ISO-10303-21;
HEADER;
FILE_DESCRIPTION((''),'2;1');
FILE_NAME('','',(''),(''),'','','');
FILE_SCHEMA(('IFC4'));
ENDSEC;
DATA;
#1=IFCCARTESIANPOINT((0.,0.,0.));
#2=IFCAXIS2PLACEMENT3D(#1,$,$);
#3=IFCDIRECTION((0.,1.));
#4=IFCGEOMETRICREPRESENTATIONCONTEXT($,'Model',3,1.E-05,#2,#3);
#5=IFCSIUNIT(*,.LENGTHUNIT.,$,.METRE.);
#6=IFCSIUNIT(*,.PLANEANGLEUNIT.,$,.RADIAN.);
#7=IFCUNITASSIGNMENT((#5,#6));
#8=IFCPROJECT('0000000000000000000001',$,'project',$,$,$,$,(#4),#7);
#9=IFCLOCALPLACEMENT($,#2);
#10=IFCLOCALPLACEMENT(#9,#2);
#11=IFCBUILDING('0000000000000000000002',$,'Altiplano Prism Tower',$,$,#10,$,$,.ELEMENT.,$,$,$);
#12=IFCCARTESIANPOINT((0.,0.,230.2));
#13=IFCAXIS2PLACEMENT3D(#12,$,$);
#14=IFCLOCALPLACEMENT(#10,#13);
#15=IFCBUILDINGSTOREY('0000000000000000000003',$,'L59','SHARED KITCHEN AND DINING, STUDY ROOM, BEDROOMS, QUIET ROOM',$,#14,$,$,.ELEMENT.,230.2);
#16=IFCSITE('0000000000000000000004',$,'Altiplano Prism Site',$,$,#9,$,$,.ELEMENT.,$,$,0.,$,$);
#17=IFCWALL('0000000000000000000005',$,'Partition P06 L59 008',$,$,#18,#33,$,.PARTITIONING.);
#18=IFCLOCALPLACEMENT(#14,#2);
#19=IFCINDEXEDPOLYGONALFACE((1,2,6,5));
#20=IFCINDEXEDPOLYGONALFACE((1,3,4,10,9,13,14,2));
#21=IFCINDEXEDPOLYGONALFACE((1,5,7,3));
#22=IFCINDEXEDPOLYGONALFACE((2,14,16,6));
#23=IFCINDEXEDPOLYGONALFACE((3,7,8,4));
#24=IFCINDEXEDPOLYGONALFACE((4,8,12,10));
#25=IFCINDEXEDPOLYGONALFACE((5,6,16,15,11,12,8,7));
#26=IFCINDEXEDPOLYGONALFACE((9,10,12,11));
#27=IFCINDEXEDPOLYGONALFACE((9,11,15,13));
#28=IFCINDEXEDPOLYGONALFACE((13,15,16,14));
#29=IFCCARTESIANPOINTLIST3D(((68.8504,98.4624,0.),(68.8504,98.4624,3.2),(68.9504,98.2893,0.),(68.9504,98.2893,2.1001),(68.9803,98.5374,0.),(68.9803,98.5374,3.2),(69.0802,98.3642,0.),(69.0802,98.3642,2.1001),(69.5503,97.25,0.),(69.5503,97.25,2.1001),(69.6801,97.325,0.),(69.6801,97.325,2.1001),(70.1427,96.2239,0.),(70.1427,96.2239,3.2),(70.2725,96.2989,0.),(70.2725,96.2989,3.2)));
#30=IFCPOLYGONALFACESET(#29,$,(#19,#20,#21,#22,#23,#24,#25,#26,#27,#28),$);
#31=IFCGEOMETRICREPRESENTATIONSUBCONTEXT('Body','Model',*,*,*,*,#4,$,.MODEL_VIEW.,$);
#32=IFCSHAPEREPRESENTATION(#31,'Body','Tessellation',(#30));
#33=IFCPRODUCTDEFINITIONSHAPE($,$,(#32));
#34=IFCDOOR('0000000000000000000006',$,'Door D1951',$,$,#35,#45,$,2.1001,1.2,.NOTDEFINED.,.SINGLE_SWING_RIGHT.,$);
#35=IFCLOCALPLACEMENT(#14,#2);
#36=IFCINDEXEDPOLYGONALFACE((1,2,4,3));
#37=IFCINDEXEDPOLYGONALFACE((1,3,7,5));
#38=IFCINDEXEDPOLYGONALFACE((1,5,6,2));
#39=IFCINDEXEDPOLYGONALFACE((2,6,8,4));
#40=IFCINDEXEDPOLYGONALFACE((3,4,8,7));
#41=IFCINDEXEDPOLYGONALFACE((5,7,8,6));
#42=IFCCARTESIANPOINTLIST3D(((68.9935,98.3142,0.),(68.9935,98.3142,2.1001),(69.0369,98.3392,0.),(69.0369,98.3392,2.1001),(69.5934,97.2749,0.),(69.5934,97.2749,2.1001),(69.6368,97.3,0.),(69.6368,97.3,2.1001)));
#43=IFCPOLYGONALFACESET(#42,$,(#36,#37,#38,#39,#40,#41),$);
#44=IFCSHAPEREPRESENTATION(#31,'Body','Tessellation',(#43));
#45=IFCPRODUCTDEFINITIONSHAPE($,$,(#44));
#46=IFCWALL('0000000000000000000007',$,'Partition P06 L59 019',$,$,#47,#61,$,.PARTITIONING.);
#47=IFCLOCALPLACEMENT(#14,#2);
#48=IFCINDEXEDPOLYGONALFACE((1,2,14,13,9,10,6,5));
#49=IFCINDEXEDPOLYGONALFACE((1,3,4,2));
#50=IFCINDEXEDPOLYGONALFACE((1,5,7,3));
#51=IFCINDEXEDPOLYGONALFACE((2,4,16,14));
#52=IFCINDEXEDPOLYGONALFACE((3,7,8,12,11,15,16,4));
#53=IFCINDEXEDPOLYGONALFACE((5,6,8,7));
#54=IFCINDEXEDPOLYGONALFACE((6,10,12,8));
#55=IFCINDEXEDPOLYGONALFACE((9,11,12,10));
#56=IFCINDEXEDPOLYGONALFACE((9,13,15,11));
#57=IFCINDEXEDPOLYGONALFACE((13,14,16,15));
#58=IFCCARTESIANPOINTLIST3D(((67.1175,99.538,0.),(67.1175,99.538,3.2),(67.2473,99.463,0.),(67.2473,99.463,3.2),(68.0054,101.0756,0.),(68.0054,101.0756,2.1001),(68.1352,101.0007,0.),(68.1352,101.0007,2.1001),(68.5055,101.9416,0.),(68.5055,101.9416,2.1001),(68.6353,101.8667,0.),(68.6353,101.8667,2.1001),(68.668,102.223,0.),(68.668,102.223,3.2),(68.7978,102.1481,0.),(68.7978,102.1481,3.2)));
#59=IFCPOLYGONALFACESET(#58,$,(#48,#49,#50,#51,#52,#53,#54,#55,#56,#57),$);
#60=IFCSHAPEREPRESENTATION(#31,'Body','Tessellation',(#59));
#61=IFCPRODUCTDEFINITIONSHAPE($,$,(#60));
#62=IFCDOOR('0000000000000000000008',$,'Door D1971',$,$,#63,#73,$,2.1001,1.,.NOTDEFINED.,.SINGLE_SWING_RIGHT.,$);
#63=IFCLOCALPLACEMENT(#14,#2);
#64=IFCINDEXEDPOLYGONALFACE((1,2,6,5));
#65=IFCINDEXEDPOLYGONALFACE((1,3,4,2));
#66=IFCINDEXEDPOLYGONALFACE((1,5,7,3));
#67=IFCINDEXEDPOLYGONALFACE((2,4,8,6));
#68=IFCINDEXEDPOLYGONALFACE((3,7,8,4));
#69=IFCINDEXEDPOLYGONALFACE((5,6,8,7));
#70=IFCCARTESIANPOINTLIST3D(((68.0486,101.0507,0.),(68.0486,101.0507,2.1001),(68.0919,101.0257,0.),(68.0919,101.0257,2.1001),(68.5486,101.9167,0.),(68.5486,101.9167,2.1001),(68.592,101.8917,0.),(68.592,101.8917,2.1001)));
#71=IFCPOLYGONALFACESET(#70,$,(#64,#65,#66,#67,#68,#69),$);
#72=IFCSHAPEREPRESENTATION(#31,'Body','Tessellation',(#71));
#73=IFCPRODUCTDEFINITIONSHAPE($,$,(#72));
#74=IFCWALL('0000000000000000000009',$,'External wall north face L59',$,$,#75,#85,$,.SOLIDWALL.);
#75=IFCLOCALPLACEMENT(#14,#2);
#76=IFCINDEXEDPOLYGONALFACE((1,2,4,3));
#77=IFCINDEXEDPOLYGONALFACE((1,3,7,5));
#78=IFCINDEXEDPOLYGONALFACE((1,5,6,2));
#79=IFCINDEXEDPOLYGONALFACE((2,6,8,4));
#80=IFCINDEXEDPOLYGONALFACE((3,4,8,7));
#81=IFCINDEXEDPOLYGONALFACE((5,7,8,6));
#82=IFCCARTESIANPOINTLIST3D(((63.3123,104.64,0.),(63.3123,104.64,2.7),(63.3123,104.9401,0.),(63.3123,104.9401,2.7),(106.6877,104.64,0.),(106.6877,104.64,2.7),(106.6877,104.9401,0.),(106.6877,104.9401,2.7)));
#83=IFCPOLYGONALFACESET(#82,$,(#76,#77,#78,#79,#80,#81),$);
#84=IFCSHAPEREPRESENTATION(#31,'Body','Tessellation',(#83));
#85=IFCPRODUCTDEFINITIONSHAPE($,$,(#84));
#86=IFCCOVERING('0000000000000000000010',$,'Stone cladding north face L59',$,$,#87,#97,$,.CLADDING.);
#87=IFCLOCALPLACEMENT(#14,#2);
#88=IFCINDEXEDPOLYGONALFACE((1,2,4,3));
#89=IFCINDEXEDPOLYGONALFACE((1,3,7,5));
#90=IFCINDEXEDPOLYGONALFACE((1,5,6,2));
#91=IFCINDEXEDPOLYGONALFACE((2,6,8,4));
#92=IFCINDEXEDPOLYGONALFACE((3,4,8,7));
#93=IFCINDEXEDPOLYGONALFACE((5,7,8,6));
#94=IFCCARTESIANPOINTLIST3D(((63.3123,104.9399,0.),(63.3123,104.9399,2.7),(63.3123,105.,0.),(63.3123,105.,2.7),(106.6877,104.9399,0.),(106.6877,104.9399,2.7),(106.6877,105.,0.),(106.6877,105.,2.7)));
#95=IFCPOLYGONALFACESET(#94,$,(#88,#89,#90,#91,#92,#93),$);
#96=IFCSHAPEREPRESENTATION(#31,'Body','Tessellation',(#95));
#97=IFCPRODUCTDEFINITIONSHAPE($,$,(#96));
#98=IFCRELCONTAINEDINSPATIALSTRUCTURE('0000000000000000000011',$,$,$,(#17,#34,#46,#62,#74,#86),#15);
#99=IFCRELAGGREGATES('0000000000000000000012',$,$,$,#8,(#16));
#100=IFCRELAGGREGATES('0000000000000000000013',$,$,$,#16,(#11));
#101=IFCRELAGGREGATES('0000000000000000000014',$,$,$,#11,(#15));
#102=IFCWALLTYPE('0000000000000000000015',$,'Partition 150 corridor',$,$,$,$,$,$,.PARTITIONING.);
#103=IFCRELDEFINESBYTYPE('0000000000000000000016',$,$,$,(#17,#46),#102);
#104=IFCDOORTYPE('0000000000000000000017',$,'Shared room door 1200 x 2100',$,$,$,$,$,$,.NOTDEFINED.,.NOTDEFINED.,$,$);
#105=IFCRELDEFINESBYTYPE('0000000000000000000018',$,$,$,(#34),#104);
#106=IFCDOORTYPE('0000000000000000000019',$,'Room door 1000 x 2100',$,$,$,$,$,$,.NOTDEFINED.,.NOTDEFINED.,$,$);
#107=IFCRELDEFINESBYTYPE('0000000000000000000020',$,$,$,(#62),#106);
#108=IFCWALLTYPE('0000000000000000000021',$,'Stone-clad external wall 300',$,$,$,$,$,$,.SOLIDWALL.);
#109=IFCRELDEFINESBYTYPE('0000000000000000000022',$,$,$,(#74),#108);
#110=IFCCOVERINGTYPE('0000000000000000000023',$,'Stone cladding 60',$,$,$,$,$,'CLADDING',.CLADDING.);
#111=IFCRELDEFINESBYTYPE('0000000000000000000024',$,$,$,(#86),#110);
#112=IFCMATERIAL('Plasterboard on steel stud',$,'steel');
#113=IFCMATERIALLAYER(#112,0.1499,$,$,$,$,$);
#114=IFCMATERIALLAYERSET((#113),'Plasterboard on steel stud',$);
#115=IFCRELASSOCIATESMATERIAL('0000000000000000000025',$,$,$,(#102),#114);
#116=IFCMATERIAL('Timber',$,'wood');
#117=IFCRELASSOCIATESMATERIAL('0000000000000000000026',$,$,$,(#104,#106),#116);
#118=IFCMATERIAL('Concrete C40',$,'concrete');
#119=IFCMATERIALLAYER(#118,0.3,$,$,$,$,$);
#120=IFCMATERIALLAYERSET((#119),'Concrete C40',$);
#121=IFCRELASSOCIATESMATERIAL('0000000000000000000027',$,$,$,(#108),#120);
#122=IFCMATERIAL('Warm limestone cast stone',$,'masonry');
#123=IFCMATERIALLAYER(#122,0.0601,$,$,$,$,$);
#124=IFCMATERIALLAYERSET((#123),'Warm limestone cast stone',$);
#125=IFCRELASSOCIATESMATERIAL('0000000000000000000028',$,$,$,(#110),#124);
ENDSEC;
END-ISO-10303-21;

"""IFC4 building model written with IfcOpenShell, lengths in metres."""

from ifc_helpers import new_model, si_unit, direction, frame, frame_2d, origin, place, context, subcontext, project, spatial, rectangle, extrude, material, layer, layer_set, type_object, element, fill, save


model = new_model("IFC4")

# Units and contexts
model_context = context("Model", 3, precision=1e-05, world=origin(), true_north=direction((0.0, 1.0)))
body_context = subcontext(model_context, "Body", "Model", "MODEL_VIEW")
ifc_project = project(units=[si_unit("LENGTHUNIT", "METRE"), si_unit("PLANEANGLEUNIT", "RADIAN")], contexts=[model_context])

# Site, building, storey
site_placement = place(None, origin())
site = spatial("IfcSite", under=ifc_project, at=site_placement, Name="Altiplano Prism Site", CompositionType="ELEMENT", RefElevation=0.0)
building_placement = place(site_placement, origin())
building = spatial("IfcBuilding", under=site, at=building_placement, Name="Altiplano Prism Tower", CompositionType="ELEMENT")
storey_placement = place(building_placement, frame((0.0, 0.0, 230.2)))
storey = spatial("IfcBuildingStorey", under=building, at=storey_placement, Name="L59", Description="SHARED KITCHEN AND DINING, STUDY ROOM, BEDROOMS, QUIET ROOM", CompositionType="ELEMENT", Elevation=230.2)

# Shared definitions
ifc_material_1 = material(Name="Plasterboard on steel stud", Category="steel")
ifc_layer_1 = layer(ifc_material_1, 0.1499)
ifc_layer_set_1 = layer_set([ifc_layer_1], Name="Plasterboard on steel stud")
wall_type_1 = type_object("IfcWallType", Name="Partition 150 corridor", PredefinedType="PARTITIONING", material=ifc_layer_set_1)

# Walls, openings, doors
wall_1_placement = place(storey_placement, frame((68.9153, 98.5, 0.0), z_axis=(0.0, 0.0, 1.0), x_axis=(0.499949, -0.866055, 0.0)))
wall_1 = element("IfcWall", 1, at=wall_1_placement, inside=storey, type_object=wall_type_1, Name="Partition P06 L59 008", PredefinedType="PARTITIONING", context=body_context, shape_type="SweptSolid", body=[
    extrude(rectangle(XDim=2.5847, YDim=0.1499, at=frame_2d((1.2925, 0.0))), origin(), (0.0, 0.0, 1.0), 3.2),
])
opening_1_placement = place(wall_1_placement, frame((0.2, 0.0, 0.0)))
opening_1 = element("IfcOpeningElement", 2, at=opening_1_placement, cuts=wall_1, PredefinedType="OPENING", context=body_context, shape_type="SweptSolid", body=[
    extrude(rectangle(XDim=1.2, YDim=2.1001, at=frame_2d((0.6001, 1.05))), frame((0.0, 0.0854, 0.0), z_axis=(0.0, -1.0, 0.0), x_axis=(1.0, 0.0, 0.0)), (0.0, 0.0, 1.0), 0.1709),
])
ifc_material_2 = material(Name="Timber", Category="wood")
door_type_1 = type_object("IfcDoorType", Name="Shared room door 1200 x 2100", OperationType="NOTDEFINED", PredefinedType="NOTDEFINED", material=ifc_material_2)
door_1_placement = place(opening_1_placement, origin())
door_1 = element("IfcDoor", 3, at=door_1_placement, inside=storey, type_object=door_type_1, Name="Door D1951", OperationType="SINGLE_SWING_RIGHT", OverallHeight=2.1001, OverallWidth=1.2, PredefinedType="NOTDEFINED", context=body_context, shape_type="SweptSolid", body=[
    extrude(rectangle(XDim=1.2, YDim=2.1001, at=frame_2d((0.6001, 1.05))), frame((0.0, 0.0249, 0.0), z_axis=(0.0, -1.0, 0.0), x_axis=(1.0, 0.0, 0.0)), (0.0, 0.0, 1.0), 0.05),
])
fill(opening_1, door_1)
wall_2_placement = place(storey_placement, frame((68.7329, 102.1855, 0.0), z_axis=(0.0, 0.0, 1.0), x_axis=(-0.500077, -0.865981, 0.0)))
wall_2 = element("IfcWall", 4, at=wall_2_placement, inside=storey, type_object=wall_type_1, Name="Partition P06 L59 019", PredefinedType="PARTITIONING", context=body_context, shape_type="SweptSolid", body=[
    extrude(rectangle(XDim=3.1006, YDim=0.1499, at=frame_2d((1.5503, 0.0))), origin(), (0.0, 0.0, 1.0), 3.2),
])
opening_2_placement = place(wall_2_placement, frame((0.325, 0.0, 0.0)))
opening_2 = element("IfcOpeningElement", 5, at=opening_2_placement, cuts=wall_2, PredefinedType="OPENING", context=body_context, shape_type="SweptSolid", body=[
    extrude(rectangle(XDim=1.0, YDim=2.1001, at=frame_2d((0.5, 1.05))), frame((0.0, 0.0854, 0.0), z_axis=(0.0, -1.0, 0.0), x_axis=(1.0, 0.0, 0.0)), (0.0, 0.0, 1.0), 0.1709),
])
door_type_2 = type_object("IfcDoorType", Name="Room door 1000 x 2100", OperationType="NOTDEFINED", PredefinedType="NOTDEFINED", material=ifc_material_2)
door_2_placement = place(opening_2_placement, origin())
door_2 = element("IfcDoor", 6, at=door_2_placement, inside=storey, type_object=door_type_2, Name="Door D1971", OperationType="SINGLE_SWING_RIGHT", OverallHeight=2.1001, OverallWidth=1.0, PredefinedType="NOTDEFINED", context=body_context, shape_type="SweptSolid", body=[
    extrude(rectangle(XDim=1.0, YDim=2.1001, at=frame_2d((0.5, 1.05))), frame((0.0, 0.0249, 0.0), z_axis=(0.0, -1.0, 0.0), x_axis=(1.0, 0.0, 0.0)), (0.0, 0.0, 1.0), 0.05),
])
fill(opening_2, door_2)

# Wall
ifc_material_3 = material(Name="Concrete C40", Category="concrete")
ifc_layer_2 = layer(ifc_material_3, 0.3)
ifc_layer_set_2 = layer_set([ifc_layer_2], Name="Concrete C40")
wall_type_2 = type_object("IfcWallType", Name="Stone-clad external wall 300", PredefinedType="SOLIDWALL", material=ifc_layer_set_2)
wall_3_placement = place(storey_placement, frame((63.3123, 104.79, 0.0), z_axis=(0.0, 0.0, 1.0), x_axis=(1.0, 0.0, 0.0)))
element("IfcWall", 7, at=wall_3_placement, inside=storey, type_object=wall_type_2, Name="External wall north face L59", PredefinedType="SOLIDWALL", context=body_context, shape_type="SweptSolid", body=[
    extrude(rectangle(XDim=43.3755, YDim=0.3, at=frame_2d((21.6877, 0.0))), origin(), (0.0, 0.0, 1.0), 2.7),
])

# Covering
ifc_material_4 = material(Name="Warm limestone cast stone", Category="masonry")
ifc_layer_3 = layer(ifc_material_4, 0.0601)
ifc_layer_set_3 = layer_set([ifc_layer_3], Name="Warm limestone cast stone")
covering_type = type_object("IfcCoveringType", Name="Stone cladding 60", ElementType="CLADDING", PredefinedType="CLADDING", material=ifc_layer_set_3)
covering_placement = place(storey_placement, frame((63.3123, 104.97, 0.0), z_axis=(0.0, 0.0, 1.0), x_axis=(1.0, 0.0, 0.0)))
element("IfcCovering", 8, at=covering_placement, inside=storey, type_object=covering_type, Name="Stone cladding north face L59", PredefinedType="CLADDING", context=body_context, shape_type="SweptSolid", body=[
    extrude(rectangle(XDim=43.3755, YDim=0.0601, at=frame_2d((21.6877, 0.0))), origin(), (0.0, 0.0, 1.0), 2.7),
])

save(model, "model.ifc")
